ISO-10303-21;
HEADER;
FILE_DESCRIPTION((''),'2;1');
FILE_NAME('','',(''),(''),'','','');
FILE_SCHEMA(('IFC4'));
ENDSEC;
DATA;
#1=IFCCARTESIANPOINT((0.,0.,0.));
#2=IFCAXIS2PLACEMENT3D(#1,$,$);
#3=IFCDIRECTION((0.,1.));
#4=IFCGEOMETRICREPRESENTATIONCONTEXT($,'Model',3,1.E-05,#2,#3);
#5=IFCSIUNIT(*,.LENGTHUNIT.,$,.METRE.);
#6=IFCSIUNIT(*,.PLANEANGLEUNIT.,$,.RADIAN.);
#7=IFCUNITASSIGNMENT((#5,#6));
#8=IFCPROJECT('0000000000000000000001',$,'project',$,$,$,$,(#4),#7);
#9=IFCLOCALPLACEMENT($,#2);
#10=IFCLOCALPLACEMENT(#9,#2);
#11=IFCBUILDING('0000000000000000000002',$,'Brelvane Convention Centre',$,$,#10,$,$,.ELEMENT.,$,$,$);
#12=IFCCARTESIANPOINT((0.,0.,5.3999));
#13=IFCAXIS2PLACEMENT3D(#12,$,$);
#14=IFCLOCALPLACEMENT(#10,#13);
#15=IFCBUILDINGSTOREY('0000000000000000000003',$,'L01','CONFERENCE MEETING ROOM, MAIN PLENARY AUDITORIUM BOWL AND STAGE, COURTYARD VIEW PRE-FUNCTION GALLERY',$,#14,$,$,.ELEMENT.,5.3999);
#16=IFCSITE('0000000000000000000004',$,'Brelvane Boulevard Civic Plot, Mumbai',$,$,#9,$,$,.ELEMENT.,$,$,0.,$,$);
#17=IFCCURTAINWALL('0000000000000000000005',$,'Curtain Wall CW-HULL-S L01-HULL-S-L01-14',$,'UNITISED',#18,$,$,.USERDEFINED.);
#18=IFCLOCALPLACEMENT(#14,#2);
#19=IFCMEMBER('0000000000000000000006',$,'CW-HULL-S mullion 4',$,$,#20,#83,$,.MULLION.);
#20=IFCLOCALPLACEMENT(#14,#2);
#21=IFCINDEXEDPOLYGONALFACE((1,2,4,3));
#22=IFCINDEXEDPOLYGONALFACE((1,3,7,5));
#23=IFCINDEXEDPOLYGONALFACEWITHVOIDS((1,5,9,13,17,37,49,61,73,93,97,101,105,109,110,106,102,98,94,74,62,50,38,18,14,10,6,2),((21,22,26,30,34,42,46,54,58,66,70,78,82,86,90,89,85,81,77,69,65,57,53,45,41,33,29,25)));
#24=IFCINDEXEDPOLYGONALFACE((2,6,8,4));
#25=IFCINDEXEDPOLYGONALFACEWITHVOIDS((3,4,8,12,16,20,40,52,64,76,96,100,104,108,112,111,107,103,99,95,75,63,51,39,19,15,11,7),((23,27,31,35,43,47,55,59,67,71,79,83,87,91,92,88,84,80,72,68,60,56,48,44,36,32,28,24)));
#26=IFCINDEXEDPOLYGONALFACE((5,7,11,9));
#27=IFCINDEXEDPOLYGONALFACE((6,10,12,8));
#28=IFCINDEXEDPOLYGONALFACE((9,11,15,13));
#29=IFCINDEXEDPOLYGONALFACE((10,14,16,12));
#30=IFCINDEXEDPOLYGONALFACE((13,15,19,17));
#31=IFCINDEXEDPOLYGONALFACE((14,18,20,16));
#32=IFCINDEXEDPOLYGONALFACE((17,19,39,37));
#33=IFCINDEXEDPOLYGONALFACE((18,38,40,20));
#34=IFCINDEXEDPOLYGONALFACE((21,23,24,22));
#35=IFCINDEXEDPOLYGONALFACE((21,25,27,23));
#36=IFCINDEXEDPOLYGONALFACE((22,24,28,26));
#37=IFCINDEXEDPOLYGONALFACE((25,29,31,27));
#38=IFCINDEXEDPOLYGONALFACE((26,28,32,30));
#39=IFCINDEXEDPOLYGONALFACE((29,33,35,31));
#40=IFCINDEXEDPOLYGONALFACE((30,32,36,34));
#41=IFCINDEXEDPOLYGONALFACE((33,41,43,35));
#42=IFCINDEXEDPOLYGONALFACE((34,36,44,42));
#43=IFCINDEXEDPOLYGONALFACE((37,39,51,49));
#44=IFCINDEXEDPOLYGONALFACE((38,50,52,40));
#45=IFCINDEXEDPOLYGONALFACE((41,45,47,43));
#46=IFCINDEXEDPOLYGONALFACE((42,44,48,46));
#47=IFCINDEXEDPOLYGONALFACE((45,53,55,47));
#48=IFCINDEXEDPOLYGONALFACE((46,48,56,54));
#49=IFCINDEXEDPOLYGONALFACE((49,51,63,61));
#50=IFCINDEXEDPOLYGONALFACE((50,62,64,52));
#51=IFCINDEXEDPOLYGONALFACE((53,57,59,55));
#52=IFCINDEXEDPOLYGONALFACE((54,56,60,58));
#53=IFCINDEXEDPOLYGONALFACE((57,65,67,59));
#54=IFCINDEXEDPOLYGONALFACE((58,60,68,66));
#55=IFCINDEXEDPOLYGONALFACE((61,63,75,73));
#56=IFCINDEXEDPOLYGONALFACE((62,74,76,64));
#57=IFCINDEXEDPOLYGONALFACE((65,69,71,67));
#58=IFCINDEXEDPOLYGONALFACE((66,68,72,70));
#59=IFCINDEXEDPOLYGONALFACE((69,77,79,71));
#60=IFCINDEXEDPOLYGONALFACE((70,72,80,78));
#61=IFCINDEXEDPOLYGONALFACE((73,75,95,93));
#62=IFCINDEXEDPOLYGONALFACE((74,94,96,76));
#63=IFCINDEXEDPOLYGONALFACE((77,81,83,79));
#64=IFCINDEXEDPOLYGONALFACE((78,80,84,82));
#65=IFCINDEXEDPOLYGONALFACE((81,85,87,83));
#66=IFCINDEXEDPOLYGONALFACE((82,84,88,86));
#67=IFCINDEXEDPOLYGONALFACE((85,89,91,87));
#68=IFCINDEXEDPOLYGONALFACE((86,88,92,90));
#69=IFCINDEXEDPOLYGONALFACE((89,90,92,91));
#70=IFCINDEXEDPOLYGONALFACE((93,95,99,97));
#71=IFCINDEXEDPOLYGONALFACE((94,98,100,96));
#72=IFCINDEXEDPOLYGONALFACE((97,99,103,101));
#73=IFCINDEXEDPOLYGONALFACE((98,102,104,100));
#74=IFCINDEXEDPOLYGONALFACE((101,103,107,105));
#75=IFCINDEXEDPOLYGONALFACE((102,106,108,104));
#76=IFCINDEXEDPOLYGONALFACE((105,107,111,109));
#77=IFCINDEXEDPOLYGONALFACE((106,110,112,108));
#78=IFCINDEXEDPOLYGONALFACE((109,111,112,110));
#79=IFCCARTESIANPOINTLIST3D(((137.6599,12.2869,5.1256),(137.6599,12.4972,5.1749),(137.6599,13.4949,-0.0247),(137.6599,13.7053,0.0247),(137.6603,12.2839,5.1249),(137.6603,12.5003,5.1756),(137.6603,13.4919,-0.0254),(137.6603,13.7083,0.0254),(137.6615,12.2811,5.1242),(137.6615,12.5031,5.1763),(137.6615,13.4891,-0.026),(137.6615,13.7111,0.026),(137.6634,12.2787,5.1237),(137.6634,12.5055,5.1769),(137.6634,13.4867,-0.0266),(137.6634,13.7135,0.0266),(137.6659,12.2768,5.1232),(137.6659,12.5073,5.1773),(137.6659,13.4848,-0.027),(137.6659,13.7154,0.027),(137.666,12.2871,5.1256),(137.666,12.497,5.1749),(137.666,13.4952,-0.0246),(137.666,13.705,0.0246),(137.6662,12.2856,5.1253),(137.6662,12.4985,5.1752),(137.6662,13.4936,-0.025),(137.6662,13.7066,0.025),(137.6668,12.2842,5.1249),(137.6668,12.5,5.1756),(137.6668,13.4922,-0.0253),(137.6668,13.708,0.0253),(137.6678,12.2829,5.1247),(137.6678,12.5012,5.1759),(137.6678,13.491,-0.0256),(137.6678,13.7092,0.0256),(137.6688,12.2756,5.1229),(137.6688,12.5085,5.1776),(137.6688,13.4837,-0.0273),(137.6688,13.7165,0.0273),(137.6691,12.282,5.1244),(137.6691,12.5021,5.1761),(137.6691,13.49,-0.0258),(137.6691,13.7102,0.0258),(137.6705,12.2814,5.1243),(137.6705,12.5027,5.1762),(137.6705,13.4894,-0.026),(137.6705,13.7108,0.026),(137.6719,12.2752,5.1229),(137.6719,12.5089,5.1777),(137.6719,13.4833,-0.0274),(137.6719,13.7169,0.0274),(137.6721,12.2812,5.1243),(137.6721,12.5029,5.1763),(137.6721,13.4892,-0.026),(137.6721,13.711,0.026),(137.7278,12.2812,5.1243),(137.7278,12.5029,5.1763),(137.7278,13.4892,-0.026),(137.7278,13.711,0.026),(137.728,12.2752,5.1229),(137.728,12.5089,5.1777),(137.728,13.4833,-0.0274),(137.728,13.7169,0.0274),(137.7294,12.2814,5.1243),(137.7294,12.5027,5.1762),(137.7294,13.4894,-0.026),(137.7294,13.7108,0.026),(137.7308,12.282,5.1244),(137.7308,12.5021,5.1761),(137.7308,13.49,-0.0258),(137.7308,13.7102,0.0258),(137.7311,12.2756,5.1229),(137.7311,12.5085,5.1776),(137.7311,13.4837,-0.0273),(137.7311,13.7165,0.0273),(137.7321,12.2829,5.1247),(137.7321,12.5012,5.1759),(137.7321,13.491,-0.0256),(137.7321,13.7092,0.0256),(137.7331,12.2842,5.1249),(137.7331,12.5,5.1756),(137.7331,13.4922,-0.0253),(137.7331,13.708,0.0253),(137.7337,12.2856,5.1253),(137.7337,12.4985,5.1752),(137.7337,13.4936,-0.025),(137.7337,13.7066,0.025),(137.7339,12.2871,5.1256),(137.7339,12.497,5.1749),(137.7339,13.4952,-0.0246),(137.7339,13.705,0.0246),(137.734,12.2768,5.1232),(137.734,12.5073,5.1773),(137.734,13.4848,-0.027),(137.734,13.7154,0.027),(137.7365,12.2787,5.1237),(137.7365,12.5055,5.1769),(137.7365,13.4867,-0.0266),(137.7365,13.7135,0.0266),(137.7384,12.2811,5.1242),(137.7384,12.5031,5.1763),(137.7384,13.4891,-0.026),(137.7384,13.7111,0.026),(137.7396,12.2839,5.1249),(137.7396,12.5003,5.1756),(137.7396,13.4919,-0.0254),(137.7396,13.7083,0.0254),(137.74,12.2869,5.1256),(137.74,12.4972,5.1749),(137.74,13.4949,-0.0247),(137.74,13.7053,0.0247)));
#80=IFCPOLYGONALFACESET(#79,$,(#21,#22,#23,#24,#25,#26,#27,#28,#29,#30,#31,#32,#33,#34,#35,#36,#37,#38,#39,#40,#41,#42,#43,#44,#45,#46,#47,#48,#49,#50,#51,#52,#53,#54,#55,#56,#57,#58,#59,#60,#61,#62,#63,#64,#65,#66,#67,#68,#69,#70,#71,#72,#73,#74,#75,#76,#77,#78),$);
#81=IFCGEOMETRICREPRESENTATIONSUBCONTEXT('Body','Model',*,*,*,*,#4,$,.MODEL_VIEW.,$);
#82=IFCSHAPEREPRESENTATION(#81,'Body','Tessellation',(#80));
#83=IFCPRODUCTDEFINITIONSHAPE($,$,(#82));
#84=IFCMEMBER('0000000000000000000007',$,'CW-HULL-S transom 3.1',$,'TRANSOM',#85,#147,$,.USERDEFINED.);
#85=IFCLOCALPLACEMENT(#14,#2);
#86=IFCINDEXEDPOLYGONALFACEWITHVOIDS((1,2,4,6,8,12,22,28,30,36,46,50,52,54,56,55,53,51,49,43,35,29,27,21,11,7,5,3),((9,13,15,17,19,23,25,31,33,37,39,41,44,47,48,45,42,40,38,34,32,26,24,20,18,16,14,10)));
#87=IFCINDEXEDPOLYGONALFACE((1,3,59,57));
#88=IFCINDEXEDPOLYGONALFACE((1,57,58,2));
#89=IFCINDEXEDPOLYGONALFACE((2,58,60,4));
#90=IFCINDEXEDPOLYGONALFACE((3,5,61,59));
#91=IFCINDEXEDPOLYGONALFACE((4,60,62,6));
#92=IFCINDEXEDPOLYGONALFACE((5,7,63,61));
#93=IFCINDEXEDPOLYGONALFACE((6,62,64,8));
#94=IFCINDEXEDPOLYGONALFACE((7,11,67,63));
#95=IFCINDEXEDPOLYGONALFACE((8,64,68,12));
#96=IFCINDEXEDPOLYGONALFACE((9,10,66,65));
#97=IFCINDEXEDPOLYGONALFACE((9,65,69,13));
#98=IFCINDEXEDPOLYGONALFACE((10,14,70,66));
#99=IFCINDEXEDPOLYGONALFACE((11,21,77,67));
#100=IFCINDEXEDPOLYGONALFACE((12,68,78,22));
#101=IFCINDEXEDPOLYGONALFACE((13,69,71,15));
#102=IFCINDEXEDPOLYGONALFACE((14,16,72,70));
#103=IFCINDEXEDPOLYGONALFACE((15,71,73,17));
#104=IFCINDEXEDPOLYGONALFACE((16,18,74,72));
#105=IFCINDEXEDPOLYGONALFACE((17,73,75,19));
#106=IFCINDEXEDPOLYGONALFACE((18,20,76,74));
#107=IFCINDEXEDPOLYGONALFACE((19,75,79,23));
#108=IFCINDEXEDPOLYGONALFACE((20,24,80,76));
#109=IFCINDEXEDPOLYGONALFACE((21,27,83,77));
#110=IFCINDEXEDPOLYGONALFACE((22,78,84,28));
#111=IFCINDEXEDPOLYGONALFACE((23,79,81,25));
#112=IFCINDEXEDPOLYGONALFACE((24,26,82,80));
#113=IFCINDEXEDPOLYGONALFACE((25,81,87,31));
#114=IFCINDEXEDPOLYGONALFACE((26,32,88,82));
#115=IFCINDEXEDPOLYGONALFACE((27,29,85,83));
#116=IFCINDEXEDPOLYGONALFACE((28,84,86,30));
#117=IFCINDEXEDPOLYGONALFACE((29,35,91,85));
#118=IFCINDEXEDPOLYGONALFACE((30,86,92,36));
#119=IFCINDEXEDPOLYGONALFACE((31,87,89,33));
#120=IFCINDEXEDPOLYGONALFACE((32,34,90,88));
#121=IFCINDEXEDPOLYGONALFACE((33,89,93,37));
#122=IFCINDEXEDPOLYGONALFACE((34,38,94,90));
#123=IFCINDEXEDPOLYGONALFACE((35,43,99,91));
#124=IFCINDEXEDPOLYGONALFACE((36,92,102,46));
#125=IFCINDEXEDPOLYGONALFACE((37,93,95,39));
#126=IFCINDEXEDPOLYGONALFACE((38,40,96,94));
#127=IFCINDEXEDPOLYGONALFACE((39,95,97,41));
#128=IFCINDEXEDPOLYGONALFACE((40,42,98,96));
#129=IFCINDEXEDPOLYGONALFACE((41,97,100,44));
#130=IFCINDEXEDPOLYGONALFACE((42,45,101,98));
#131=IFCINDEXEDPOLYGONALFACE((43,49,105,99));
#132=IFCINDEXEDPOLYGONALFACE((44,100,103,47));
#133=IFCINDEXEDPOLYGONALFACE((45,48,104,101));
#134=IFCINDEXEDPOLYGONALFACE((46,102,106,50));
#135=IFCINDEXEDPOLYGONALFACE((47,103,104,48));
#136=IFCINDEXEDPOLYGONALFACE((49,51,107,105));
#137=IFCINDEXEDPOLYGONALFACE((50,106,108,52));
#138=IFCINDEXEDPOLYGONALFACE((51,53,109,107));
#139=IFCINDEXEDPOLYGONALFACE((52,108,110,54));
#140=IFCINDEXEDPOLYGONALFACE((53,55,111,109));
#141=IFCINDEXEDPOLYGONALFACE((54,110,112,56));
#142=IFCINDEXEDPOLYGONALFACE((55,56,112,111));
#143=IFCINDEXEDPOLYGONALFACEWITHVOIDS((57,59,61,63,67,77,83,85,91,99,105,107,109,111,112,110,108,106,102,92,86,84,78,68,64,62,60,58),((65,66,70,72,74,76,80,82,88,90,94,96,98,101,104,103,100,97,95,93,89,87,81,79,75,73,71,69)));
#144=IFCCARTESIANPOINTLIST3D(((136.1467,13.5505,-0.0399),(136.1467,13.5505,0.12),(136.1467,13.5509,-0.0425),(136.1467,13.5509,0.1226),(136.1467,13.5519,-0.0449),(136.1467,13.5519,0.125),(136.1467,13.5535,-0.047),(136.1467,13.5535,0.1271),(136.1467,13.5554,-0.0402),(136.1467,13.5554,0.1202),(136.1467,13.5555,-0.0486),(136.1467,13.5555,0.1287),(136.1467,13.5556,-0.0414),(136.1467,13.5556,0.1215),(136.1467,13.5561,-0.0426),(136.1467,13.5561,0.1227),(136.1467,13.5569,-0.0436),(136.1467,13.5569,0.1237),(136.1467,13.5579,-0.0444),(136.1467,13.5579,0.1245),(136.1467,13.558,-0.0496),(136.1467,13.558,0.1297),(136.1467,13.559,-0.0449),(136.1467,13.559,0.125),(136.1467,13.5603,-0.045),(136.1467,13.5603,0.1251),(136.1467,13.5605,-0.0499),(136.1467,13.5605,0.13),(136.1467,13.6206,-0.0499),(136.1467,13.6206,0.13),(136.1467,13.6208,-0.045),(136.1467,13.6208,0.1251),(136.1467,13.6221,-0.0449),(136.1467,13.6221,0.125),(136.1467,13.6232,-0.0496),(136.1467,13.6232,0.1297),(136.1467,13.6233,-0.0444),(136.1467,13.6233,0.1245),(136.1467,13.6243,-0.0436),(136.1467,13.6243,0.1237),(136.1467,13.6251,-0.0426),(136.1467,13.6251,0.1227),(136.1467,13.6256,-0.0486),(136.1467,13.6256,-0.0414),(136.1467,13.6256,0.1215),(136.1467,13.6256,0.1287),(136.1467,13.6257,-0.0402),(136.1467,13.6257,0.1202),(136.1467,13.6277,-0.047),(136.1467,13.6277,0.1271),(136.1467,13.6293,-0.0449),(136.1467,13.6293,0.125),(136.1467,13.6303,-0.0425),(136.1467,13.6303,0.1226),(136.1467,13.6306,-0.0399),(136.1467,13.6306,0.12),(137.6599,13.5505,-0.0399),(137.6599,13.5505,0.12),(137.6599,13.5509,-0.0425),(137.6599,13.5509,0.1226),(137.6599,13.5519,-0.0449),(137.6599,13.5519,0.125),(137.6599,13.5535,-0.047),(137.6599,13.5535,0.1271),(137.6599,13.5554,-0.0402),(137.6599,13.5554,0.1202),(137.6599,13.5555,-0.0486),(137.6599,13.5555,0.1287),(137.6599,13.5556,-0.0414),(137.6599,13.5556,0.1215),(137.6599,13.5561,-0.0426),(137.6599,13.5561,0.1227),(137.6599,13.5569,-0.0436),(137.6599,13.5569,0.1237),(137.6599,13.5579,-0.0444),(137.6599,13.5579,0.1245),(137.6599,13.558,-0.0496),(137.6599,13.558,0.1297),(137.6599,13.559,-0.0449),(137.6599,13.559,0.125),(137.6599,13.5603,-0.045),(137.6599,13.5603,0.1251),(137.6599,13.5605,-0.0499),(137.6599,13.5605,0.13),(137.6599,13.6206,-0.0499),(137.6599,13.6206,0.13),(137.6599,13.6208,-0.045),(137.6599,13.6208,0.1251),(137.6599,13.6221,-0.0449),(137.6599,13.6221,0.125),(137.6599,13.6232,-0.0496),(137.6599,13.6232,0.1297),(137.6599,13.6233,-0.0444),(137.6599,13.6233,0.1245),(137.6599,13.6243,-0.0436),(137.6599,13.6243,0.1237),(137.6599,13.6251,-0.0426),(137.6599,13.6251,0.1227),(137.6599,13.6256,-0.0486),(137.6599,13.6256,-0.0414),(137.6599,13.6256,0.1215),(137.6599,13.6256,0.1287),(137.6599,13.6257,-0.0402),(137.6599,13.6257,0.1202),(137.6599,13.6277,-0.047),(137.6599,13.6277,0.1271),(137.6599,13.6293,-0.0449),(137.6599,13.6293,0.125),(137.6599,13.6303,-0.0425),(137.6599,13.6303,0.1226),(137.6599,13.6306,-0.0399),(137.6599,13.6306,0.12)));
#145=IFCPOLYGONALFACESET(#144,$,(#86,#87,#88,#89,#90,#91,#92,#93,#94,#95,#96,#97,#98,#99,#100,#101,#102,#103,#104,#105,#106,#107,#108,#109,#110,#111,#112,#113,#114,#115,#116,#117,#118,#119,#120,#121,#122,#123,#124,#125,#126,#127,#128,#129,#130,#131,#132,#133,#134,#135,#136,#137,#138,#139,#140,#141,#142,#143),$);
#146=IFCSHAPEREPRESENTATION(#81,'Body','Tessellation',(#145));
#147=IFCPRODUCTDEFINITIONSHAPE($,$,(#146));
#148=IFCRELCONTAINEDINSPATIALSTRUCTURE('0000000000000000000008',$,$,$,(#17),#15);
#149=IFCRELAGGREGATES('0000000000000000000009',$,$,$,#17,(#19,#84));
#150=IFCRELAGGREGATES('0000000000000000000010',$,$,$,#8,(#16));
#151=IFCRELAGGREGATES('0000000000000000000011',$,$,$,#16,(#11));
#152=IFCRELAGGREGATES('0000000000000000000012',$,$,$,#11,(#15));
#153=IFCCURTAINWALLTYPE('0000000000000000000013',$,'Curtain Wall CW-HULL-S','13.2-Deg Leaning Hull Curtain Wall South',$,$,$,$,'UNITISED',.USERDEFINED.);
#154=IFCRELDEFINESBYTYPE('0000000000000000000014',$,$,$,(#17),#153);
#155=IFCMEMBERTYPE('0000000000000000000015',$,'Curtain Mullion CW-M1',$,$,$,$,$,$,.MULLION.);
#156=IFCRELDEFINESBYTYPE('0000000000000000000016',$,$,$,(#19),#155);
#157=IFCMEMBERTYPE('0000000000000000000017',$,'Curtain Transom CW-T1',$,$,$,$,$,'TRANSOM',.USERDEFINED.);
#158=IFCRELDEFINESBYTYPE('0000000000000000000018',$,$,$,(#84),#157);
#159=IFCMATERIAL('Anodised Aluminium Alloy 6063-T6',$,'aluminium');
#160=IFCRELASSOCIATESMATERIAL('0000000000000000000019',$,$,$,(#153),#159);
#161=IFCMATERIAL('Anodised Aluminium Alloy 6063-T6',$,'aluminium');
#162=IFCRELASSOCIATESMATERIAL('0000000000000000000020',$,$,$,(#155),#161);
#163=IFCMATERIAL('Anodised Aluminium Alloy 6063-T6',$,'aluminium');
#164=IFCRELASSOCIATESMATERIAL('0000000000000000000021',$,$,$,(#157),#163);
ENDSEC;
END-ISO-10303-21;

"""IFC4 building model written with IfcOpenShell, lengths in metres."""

from ifc_helpers import new_model, si_unit, direction, frame, origin, origin_2d, place, context, subcontext, project, spatial, hollow_rectangle, extrude, material, material_profile, profile_set, type_object, element, aggregate, save


model = new_model("IFC4")

# Units and contexts
model_context = context("Model", 3, precision=1e-05, world=origin(), true_north=direction((0.0, 1.0)))
body_context = subcontext(model_context, "Body", "Model", "MODEL_VIEW")
ifc_project = project(units=[si_unit("LENGTHUNIT", "METRE"), si_unit("PLANEANGLEUNIT", "RADIAN")], contexts=[model_context])

# Site, building, storey
site_placement = place(None, origin())
site = spatial("IfcSite", under=ifc_project, at=site_placement, Name="Brelvane Boulevard Civic Plot, Mumbai", CompositionType="ELEMENT", RefElevation=0.0)
building_placement = place(site_placement, origin())
building = spatial("IfcBuilding", under=site, at=building_placement, Name="Brelvane Convention Centre", CompositionType="ELEMENT")
storey_placement = place(building_placement, frame((0.0, 0.0, 5.3999)))
storey = spatial("IfcBuildingStorey", under=building, at=storey_placement, Name="L01", Description="CONFERENCE MEETING ROOM, MAIN PLENARY AUDITORIUM BOWL AND STAGE, COURTYARD VIEW PRE-FUNCTION GALLERY", CompositionType="ELEMENT", Elevation=5.3999)

# Curtain wall, members
ifc_material_1 = material(Name="Anodised Aluminium Alloy 6063-T6", Category="aluminium")
curtain_wall_type = type_object("IfcCurtainWallType", Name="Curtain Wall CW-HULL-S", Description="13.2-Deg Leaning Hull Curtain Wall South", ElementType="UNITISED", PredefinedType="USERDEFINED", material=ifc_material_1)
curtain_wall_1_placement = place(storey_placement, origin())
curtain_wall_1 = element("IfcCurtainWall", 1, at=curtain_wall_1_placement, inside=storey, type_object=curtain_wall_type, Name="Curtain Wall CW-HULL-S L01-HULL-S-L01-14", ObjectType="UNITISED", PredefinedType="USERDEFINED")
ifc_material_2 = material(Name="Anodised Aluminium Alloy 6063-T6", Category="aluminium")
ifc_material_profile_1 = material_profile(ifc_material_2, hollow_rectangle(XDim=0.0801, YDim=0.24, WallThickness=0.0061, InnerFilletRadius=0.0061, OuterFilletRadius=0.012, at=origin_2d()), Name="ALU-M 240x80x6.0")
ifc_profile_set_1 = profile_set([ifc_material_profile_1], Name="Anodised Aluminium Alloy 6063-T6")
member_type_1 = type_object("IfcMemberType", Name="Curtain Mullion CW-M1", PredefinedType="MULLION", material=ifc_profile_set_1)
member_1_placement = place(storey_placement, frame((137.7, 13.6001, 0.0), z_axis=(0.0, -0.22836, 0.973577), x_axis=(1.0, 0.0, 0.0)))
member_1 = element("IfcMember", 2, at=member_1_placement, type_object=member_type_1, Name="CW-HULL-S mullion 4", PredefinedType="MULLION", context=body_context, shape_type="SweptSolid", body=[
    extrude(hollow_rectangle(XDim=0.0801, YDim=0.24, WallThickness=0.0061, InnerFilletRadius=0.0061, OuterFilletRadius=0.012, at=origin_2d()), origin(), (0.0, 0.0, 1.0), 5.29),
])
ifc_material_3 = material(Name="Anodised Aluminium Alloy 6063-T6", Category="aluminium")
ifc_material_profile_2 = material_profile(ifc_material_3, hollow_rectangle(XDim=0.0801, YDim=0.1799, WallThickness=0.0049, InnerFilletRadius=0.0049, OuterFilletRadius=0.01, at=origin_2d()), Name="ALU-T 180x80x5.0")
ifc_profile_set_2 = profile_set([ifc_material_profile_2], Name="Anodised Aluminium Alloy 6063-T6")
member_type_2 = type_object("IfcMemberType", Name="Curtain Transom CW-T1", ElementType="TRANSOM", PredefinedType="USERDEFINED", material=ifc_profile_set_2)
member_2_placement = place(storey_placement, frame((136.1467, 13.5906, 0.04), z_axis=(1.0, 0.0, 0.0), x_axis=(0.0, 1.0, 0.0)))
member_2 = element("IfcMember", 3, at=member_2_placement, type_object=member_type_2, Name="CW-HULL-S transom 3.1", ObjectType="TRANSOM", PredefinedType="USERDEFINED", context=body_context, shape_type="SweptSolid", body=[
    extrude(hollow_rectangle(XDim=0.0801, YDim=0.1799, WallThickness=0.0049, InnerFilletRadius=0.0049, OuterFilletRadius=0.01, at=origin_2d()), origin(), (0.0, 0.0, 1.0), 1.5132),
])

aggregate(curtain_wall_1, [member_1, member_2])

save(model, "model.ifc")
